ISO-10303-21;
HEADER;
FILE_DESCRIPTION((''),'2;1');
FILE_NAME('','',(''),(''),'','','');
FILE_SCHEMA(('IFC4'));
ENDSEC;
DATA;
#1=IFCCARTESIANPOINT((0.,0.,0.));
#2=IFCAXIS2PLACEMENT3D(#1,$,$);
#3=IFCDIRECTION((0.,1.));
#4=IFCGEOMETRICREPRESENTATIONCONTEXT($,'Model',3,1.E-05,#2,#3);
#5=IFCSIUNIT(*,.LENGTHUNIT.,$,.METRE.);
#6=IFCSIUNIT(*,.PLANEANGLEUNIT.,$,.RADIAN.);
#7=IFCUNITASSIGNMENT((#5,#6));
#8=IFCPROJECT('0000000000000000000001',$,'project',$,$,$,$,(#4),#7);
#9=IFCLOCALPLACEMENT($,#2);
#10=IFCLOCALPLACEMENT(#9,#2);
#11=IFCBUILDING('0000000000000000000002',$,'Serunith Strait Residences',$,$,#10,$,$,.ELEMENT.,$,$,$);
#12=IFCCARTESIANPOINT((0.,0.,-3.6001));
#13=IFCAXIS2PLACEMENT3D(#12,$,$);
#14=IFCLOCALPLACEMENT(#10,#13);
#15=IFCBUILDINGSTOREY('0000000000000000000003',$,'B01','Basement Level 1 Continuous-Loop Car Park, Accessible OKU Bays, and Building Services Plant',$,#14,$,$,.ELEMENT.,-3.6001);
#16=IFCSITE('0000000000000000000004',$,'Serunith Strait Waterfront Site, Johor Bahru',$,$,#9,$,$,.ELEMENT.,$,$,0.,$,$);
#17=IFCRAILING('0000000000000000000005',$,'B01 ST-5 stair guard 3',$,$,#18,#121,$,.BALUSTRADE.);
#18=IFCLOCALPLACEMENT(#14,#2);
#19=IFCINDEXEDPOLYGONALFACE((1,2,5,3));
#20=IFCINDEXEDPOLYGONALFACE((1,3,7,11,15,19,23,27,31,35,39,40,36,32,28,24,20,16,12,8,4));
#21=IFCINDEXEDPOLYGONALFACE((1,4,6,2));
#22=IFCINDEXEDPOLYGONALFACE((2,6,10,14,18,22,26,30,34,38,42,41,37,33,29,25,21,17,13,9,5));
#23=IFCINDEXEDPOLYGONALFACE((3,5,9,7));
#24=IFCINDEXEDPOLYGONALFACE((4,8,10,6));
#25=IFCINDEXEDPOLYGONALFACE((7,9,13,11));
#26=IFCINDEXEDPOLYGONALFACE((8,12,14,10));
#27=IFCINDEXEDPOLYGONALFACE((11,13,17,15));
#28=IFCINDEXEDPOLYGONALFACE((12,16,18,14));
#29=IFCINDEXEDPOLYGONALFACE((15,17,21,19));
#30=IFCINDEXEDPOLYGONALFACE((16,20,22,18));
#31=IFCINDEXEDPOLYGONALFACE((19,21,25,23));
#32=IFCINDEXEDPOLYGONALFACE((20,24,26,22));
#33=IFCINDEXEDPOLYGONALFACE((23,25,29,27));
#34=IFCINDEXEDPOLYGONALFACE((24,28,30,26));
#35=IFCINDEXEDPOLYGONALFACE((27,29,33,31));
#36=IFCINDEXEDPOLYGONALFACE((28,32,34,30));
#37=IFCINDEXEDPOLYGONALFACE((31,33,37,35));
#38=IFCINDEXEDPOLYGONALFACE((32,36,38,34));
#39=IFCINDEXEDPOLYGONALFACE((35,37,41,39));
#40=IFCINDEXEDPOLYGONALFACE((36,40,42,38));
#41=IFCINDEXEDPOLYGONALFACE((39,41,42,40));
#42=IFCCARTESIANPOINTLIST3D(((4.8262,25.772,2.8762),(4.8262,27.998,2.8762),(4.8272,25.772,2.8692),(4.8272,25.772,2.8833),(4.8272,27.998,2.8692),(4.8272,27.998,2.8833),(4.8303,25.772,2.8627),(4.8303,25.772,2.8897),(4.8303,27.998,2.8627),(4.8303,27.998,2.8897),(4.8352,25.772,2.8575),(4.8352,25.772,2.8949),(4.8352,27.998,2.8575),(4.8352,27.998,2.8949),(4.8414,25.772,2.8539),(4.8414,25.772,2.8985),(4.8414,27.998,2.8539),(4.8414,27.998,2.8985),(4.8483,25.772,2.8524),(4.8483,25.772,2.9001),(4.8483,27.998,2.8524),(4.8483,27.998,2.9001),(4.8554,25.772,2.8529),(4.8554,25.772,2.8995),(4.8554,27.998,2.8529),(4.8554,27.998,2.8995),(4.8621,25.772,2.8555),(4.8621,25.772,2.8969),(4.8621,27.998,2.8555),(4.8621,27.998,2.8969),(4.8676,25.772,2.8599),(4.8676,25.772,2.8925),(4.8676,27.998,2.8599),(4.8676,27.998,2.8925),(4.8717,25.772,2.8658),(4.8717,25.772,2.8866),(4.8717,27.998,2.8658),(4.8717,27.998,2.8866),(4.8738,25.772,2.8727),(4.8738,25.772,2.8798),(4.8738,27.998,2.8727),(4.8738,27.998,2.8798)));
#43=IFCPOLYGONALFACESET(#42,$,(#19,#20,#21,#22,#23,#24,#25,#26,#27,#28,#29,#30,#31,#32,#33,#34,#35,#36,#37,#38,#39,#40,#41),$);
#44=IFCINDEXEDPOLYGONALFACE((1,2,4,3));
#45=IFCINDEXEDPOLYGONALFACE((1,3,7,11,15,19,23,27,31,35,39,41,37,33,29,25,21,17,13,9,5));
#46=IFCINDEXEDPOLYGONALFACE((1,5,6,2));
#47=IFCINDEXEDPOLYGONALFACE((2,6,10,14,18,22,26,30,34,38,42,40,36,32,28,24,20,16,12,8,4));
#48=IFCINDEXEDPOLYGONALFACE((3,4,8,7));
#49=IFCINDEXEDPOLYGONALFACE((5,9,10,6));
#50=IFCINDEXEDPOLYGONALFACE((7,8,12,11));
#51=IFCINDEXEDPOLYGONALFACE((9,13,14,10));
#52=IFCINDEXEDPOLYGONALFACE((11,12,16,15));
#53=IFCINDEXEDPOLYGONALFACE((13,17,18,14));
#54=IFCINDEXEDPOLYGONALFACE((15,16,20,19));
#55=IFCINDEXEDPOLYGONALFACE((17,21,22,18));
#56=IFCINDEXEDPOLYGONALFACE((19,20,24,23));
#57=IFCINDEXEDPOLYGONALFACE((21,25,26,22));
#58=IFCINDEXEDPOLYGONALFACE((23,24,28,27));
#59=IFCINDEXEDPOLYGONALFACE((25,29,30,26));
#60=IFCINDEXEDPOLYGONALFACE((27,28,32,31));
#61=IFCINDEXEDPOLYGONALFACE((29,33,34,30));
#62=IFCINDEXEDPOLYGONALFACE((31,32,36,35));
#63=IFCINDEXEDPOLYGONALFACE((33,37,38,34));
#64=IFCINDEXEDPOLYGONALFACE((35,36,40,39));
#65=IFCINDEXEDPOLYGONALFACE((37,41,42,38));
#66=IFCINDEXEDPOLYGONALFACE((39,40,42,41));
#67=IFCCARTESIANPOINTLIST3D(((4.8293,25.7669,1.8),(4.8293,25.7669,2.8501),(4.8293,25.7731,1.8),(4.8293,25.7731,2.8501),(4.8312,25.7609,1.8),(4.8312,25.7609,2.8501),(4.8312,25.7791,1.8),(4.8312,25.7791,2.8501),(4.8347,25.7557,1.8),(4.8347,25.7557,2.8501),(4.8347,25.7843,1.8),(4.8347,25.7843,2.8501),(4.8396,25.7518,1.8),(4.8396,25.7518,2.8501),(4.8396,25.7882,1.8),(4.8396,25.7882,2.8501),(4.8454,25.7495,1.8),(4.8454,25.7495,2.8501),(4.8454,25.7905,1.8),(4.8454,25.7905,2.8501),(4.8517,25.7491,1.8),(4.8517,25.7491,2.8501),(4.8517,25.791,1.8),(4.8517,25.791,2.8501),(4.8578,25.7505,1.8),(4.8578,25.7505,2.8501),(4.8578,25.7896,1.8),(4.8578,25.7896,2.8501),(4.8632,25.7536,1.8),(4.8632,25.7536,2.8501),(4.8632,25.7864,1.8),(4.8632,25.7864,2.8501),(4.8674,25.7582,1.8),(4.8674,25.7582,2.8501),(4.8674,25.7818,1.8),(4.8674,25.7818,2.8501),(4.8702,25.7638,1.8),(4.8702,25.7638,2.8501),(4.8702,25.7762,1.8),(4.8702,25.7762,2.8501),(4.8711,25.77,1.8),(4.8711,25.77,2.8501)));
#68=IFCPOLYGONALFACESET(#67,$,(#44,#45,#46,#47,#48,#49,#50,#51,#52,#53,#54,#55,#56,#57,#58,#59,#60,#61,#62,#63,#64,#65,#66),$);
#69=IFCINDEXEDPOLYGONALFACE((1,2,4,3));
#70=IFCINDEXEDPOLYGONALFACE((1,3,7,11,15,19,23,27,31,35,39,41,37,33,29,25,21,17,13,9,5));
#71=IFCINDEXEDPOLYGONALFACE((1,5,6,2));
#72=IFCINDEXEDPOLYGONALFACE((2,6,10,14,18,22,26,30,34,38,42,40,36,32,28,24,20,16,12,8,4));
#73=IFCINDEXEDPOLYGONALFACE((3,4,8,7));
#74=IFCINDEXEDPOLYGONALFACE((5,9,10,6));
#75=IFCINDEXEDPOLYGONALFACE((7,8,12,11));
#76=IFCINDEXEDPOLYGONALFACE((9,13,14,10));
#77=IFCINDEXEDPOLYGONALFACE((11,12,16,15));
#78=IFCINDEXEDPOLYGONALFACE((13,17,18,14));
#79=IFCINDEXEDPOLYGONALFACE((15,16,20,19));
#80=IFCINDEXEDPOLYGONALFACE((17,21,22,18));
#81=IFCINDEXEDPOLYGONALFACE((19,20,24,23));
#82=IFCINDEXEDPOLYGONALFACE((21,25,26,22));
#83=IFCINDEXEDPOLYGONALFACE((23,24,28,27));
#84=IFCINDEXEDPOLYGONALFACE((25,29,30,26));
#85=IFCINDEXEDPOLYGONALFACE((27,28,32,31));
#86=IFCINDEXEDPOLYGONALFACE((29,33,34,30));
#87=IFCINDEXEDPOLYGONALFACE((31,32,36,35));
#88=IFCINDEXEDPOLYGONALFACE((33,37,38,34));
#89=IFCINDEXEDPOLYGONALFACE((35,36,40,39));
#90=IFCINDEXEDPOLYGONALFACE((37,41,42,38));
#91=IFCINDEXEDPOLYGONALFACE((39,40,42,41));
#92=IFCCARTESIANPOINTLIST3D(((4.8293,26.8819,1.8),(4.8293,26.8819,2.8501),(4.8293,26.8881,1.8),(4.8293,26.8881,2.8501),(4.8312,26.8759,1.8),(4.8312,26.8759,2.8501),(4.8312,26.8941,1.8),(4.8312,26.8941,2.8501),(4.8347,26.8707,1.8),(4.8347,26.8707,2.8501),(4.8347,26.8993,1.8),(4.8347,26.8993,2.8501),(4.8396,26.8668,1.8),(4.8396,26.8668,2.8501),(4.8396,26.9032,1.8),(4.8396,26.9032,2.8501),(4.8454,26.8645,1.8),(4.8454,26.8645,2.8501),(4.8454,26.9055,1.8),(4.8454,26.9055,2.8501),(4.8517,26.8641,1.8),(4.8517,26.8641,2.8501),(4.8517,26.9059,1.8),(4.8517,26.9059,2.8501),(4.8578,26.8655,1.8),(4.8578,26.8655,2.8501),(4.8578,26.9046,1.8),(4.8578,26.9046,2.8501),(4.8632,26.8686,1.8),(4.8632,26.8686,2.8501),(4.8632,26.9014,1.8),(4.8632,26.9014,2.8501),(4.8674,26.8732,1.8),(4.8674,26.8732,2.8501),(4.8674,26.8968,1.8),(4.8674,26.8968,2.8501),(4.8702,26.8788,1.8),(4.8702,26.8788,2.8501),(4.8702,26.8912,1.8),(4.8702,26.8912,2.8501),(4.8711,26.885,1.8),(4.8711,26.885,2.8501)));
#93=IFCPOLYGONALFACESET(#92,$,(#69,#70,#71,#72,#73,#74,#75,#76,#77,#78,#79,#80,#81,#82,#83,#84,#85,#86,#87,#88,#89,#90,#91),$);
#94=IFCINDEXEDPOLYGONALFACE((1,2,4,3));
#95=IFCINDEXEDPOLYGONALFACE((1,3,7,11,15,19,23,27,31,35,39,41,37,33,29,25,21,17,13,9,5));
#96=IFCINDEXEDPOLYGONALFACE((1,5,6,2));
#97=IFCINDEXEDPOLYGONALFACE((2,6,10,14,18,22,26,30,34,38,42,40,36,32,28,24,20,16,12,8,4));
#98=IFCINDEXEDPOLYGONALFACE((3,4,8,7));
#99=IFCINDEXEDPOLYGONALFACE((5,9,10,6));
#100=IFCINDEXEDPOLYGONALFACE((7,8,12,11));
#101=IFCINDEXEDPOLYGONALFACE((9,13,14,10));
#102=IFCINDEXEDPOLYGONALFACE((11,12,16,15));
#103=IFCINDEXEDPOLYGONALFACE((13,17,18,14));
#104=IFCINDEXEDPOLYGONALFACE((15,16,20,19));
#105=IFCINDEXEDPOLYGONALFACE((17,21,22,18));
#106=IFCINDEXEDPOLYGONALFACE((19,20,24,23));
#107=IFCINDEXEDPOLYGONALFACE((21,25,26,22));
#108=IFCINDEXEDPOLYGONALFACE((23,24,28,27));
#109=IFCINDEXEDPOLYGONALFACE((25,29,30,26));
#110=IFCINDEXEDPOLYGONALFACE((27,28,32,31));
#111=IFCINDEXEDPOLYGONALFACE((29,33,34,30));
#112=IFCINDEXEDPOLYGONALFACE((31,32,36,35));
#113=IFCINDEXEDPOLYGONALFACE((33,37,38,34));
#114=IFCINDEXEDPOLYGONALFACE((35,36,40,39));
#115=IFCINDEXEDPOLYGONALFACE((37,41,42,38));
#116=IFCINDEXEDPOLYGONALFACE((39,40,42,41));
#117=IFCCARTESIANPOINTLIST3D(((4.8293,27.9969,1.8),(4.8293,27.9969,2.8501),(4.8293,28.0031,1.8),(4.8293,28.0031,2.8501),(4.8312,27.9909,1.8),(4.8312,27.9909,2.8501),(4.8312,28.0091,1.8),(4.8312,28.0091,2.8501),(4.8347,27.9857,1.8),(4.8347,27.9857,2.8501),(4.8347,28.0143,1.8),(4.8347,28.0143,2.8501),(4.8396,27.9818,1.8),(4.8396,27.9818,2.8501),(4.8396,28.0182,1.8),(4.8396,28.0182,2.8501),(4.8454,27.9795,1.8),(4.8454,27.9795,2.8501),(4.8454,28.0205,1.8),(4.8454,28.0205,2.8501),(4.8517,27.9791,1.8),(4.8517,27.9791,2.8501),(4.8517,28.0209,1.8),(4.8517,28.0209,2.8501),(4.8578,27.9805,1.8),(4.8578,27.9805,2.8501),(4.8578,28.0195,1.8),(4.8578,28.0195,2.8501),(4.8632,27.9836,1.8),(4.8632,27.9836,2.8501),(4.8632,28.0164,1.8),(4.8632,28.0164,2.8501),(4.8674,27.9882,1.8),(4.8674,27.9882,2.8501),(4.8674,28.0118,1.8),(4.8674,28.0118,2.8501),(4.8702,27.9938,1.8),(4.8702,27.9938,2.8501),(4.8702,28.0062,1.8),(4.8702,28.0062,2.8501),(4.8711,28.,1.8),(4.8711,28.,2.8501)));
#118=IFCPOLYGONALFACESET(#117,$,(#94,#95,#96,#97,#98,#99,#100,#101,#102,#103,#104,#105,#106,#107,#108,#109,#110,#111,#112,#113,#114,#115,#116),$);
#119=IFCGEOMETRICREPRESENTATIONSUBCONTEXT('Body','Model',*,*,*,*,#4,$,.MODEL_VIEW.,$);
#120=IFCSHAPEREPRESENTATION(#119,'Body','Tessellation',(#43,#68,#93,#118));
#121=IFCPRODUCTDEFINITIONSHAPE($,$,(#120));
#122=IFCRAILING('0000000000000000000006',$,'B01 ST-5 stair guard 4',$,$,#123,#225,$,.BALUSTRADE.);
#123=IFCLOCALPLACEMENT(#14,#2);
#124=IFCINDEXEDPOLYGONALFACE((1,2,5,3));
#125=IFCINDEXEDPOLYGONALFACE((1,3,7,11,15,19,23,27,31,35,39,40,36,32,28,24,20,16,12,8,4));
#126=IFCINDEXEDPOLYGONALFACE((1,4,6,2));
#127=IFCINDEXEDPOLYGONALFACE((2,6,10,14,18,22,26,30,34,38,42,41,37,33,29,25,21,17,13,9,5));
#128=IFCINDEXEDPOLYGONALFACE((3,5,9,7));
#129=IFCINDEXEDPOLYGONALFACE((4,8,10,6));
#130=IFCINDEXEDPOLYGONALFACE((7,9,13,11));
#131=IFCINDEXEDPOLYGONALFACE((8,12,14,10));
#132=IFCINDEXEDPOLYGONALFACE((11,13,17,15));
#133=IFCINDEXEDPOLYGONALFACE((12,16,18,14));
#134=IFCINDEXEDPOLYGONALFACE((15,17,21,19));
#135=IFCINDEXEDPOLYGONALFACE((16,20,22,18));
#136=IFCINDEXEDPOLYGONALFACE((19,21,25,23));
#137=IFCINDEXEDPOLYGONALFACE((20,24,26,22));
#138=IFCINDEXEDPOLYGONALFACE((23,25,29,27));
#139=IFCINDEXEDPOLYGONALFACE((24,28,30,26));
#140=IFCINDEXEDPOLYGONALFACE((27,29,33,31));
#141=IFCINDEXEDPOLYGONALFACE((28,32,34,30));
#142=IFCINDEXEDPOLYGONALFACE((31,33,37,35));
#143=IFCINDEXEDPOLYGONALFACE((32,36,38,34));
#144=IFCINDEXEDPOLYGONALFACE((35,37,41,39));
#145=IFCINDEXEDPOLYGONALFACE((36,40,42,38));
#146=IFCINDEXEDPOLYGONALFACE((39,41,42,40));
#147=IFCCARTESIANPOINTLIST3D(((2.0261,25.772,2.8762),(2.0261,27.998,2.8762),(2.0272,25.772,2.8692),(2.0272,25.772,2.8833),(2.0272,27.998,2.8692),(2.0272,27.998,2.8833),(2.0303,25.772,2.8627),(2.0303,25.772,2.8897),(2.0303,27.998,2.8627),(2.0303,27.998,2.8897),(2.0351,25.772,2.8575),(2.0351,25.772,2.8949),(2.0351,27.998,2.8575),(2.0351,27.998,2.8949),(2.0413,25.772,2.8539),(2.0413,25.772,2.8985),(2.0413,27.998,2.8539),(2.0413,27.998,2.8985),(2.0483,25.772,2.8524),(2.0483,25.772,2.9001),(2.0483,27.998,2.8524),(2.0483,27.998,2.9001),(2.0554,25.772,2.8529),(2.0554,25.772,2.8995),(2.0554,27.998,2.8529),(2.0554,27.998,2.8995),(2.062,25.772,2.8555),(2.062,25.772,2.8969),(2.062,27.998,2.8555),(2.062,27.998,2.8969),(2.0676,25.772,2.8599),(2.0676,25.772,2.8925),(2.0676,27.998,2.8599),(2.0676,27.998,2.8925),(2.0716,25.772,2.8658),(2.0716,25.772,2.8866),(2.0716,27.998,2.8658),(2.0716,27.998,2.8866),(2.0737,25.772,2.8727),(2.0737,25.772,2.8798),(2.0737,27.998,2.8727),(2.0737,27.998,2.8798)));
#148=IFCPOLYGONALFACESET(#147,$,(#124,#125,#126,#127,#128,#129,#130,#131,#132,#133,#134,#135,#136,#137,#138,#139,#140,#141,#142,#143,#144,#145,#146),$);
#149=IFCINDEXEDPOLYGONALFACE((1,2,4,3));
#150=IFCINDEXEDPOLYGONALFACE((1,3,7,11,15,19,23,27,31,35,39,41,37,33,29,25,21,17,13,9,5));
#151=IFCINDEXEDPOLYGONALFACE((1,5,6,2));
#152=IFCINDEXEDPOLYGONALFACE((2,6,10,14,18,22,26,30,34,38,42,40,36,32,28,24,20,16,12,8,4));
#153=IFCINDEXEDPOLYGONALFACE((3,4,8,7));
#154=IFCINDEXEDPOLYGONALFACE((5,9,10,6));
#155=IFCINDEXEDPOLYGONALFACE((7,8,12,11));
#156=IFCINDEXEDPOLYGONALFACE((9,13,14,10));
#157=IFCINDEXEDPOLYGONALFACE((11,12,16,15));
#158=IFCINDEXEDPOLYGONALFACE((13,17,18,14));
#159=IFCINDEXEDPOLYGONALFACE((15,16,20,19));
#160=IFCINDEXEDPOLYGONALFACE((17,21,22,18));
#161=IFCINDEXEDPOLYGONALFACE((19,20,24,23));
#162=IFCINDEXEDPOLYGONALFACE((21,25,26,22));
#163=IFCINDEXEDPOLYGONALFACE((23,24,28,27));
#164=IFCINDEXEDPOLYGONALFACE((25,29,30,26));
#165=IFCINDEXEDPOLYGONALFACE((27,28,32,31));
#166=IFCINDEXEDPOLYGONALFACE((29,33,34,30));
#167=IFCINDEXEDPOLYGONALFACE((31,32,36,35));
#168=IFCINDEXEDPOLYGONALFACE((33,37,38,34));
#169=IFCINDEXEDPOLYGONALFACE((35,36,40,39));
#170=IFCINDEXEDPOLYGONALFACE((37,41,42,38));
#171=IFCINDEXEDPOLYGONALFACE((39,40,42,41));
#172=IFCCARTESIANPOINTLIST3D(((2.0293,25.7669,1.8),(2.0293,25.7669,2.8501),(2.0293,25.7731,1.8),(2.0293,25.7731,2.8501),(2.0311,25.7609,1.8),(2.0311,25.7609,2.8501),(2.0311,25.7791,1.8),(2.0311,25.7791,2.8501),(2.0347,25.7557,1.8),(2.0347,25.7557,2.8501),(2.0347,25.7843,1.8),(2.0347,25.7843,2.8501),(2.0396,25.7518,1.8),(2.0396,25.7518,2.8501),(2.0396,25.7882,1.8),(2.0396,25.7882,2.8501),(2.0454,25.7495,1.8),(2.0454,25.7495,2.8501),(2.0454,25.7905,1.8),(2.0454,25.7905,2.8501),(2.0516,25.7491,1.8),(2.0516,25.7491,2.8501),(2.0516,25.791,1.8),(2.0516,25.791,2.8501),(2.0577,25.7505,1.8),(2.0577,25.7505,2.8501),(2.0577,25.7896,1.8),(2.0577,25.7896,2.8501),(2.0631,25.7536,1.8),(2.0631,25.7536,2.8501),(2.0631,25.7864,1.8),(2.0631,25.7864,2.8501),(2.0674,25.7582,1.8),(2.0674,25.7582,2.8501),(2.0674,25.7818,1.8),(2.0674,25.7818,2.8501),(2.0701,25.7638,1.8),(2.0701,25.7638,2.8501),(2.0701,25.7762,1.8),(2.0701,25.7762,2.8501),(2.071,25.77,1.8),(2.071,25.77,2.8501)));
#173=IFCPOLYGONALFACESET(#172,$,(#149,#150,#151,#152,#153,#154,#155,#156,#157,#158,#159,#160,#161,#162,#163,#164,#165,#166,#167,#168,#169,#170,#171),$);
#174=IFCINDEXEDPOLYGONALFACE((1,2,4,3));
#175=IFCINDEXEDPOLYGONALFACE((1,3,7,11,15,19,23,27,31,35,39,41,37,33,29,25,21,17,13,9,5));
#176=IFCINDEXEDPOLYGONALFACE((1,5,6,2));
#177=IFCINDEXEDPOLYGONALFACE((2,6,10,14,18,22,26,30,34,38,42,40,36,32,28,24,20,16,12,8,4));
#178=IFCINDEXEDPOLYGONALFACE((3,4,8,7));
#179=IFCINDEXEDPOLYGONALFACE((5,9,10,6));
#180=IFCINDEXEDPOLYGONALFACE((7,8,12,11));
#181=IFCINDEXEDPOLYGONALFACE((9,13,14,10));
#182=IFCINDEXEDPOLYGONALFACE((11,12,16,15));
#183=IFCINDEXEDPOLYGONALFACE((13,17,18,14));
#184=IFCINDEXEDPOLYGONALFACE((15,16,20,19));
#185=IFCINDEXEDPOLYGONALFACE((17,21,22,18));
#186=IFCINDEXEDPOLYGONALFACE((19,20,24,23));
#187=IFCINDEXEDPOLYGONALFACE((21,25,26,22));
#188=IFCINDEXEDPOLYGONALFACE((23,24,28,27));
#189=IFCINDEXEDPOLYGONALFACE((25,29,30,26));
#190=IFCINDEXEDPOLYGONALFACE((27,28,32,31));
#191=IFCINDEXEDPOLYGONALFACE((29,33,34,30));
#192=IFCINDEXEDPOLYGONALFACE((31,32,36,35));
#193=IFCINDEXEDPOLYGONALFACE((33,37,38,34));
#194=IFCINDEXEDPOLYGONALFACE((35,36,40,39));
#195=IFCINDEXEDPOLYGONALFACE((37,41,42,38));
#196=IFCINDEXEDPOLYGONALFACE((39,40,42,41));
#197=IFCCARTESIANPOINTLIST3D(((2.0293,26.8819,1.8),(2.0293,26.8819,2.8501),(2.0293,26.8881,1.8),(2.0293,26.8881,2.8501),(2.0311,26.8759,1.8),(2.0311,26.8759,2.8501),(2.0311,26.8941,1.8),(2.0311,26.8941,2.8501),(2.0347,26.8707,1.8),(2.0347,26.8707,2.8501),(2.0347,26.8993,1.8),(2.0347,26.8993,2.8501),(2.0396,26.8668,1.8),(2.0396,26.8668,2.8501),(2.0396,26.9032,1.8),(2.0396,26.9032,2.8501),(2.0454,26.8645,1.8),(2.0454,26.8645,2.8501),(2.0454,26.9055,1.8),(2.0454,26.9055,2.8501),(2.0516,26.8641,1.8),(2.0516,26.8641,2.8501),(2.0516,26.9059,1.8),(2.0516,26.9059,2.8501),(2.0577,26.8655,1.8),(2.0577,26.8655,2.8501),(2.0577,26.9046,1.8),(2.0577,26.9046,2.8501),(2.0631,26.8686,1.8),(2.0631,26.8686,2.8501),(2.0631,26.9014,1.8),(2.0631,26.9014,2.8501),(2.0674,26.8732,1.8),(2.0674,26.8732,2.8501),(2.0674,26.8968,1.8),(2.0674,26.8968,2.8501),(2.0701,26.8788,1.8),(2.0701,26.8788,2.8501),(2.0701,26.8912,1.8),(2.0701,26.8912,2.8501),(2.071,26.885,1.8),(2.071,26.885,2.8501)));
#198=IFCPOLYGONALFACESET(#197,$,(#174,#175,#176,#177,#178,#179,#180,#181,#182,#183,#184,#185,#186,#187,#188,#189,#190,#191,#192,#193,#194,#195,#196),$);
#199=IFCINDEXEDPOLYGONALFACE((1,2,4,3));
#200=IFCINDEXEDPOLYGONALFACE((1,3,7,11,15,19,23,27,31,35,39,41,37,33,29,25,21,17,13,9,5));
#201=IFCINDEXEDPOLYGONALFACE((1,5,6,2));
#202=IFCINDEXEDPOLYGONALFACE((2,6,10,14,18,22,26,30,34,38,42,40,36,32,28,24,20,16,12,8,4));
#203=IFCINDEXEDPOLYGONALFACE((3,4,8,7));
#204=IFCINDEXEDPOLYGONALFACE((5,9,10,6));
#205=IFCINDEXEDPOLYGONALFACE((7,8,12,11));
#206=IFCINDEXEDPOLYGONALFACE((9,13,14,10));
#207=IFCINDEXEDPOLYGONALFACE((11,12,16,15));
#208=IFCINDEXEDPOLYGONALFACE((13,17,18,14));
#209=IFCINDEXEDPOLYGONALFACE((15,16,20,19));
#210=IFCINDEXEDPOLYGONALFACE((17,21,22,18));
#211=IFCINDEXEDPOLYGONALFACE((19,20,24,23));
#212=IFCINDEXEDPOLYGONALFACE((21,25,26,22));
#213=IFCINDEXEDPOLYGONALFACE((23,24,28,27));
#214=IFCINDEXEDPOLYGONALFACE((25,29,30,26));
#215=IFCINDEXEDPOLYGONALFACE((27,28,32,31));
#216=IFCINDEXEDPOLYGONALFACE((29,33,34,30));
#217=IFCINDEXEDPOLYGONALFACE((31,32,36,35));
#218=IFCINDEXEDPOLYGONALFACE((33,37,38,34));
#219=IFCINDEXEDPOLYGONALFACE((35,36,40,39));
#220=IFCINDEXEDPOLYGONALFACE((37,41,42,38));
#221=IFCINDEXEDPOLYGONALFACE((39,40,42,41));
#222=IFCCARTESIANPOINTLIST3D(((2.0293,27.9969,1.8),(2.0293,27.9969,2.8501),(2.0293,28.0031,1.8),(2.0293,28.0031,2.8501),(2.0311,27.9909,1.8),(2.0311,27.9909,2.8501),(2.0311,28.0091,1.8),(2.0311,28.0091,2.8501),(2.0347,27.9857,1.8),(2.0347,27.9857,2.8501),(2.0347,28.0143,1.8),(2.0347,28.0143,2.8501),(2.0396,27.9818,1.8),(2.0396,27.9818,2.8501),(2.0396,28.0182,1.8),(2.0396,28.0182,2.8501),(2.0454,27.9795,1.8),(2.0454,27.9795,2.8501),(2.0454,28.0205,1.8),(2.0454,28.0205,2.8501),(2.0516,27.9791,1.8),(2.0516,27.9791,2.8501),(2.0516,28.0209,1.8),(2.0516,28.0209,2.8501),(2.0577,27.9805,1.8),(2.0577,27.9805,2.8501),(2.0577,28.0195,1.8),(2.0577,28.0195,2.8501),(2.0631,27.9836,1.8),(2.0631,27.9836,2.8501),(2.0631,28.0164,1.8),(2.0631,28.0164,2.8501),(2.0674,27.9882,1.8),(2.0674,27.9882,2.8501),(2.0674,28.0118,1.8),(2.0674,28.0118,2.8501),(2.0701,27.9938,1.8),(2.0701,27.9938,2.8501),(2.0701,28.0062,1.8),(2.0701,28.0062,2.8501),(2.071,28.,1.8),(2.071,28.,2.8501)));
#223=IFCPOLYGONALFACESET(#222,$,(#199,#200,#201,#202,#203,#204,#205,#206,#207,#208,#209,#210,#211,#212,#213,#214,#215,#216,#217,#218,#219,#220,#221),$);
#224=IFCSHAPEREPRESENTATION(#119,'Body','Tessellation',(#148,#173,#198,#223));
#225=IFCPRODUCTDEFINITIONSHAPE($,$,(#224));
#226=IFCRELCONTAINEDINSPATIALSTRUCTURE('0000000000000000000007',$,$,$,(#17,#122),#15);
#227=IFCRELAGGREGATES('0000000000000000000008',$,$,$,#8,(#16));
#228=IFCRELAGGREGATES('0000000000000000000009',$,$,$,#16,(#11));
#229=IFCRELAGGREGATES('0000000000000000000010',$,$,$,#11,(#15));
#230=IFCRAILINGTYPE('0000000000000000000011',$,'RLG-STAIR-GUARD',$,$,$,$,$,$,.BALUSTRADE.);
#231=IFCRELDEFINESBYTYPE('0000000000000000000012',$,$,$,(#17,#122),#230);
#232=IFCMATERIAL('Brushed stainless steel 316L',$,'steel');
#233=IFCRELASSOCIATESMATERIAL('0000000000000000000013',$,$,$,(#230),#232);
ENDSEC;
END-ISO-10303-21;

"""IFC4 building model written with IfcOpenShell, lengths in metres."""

from ifc_helpers import new_model, si_unit, direction, frame, origin, origin_2d, place, context, subcontext, project, spatial, circle, extrude, material, type_object, element, save


model = new_model("IFC4")

# Units and contexts
model_context = context("Model", 3, precision=1e-05, world=origin(), true_north=direction((0.0, 1.0)))
body_context = subcontext(model_context, "Body", "Model", "MODEL_VIEW")
ifc_project = project(units=[si_unit("LENGTHUNIT", "METRE"), si_unit("PLANEANGLEUNIT", "RADIAN")], contexts=[model_context])

# Site, building, storey
site_placement = place(None, origin())
site = spatial("IfcSite", under=ifc_project, at=site_placement, Name="Serunith Strait Waterfront Site, Johor Bahru", CompositionType="ELEMENT", RefElevation=0.0)
building_placement = place(site_placement, origin())
building = spatial("IfcBuilding", under=site, at=building_placement, Name="Serunith Strait Residences", CompositionType="ELEMENT")
storey_placement = place(building_placement, frame((0.0, 0.0, -3.6001)))
storey = spatial("IfcBuildingStorey", under=building, at=storey_placement, Name="B01", Description="Basement Level 1 Continuous-Loop Car Park, Accessible OKU Bays, and Building Services Plant", CompositionType="ELEMENT", Elevation=-3.6001)

# Railings
ifc_material_1 = material(Name="Brushed stainless steel 316L", Category="steel")
railing_type_1 = type_object("IfcRailingType", Name="RLG-STAIR-GUARD", PredefinedType="BALUSTRADE", material=ifc_material_1)
for number, where, name in (
    (1, (4.8501, 25.77, 1.8), "B01 ST-5 stair guard 3"),
    (2, (2.05, 25.77, 1.8), "B01 ST-5 stair guard 4"),
):
    element("IfcRailing", number, at=place(storey_placement, frame(where)), inside=storey, type_object=railing_type_1, Name=name, PredefinedType="BALUSTRADE", context=body_context, shape_type="SweptSolid", body=[
        extrude(circle(Radius=0.0239, at=origin_2d()), frame((0.0, 0.002, 1.0762), z_axis=(0.0, 1.0, 0.0), x_axis=(-1.0, 0.0, 0.0)), (0.0, 0.0, 1.0), 2.2261),
        extrude(circle(Radius=0.021, at=origin_2d()), origin(), (0.0, 0.0, 1.0), 1.05),
        extrude(circle(Radius=0.021, at=origin_2d()), frame((0.0, 1.115, 0.0)), (0.0, 0.0, 1.0), 1.05),
        extrude(circle(Radius=0.021, at=origin_2d()), frame((0.0, 2.23, 0.0)), (0.0, 0.0, 1.0), 1.05),
    ])

save(model, "model.ifc")
